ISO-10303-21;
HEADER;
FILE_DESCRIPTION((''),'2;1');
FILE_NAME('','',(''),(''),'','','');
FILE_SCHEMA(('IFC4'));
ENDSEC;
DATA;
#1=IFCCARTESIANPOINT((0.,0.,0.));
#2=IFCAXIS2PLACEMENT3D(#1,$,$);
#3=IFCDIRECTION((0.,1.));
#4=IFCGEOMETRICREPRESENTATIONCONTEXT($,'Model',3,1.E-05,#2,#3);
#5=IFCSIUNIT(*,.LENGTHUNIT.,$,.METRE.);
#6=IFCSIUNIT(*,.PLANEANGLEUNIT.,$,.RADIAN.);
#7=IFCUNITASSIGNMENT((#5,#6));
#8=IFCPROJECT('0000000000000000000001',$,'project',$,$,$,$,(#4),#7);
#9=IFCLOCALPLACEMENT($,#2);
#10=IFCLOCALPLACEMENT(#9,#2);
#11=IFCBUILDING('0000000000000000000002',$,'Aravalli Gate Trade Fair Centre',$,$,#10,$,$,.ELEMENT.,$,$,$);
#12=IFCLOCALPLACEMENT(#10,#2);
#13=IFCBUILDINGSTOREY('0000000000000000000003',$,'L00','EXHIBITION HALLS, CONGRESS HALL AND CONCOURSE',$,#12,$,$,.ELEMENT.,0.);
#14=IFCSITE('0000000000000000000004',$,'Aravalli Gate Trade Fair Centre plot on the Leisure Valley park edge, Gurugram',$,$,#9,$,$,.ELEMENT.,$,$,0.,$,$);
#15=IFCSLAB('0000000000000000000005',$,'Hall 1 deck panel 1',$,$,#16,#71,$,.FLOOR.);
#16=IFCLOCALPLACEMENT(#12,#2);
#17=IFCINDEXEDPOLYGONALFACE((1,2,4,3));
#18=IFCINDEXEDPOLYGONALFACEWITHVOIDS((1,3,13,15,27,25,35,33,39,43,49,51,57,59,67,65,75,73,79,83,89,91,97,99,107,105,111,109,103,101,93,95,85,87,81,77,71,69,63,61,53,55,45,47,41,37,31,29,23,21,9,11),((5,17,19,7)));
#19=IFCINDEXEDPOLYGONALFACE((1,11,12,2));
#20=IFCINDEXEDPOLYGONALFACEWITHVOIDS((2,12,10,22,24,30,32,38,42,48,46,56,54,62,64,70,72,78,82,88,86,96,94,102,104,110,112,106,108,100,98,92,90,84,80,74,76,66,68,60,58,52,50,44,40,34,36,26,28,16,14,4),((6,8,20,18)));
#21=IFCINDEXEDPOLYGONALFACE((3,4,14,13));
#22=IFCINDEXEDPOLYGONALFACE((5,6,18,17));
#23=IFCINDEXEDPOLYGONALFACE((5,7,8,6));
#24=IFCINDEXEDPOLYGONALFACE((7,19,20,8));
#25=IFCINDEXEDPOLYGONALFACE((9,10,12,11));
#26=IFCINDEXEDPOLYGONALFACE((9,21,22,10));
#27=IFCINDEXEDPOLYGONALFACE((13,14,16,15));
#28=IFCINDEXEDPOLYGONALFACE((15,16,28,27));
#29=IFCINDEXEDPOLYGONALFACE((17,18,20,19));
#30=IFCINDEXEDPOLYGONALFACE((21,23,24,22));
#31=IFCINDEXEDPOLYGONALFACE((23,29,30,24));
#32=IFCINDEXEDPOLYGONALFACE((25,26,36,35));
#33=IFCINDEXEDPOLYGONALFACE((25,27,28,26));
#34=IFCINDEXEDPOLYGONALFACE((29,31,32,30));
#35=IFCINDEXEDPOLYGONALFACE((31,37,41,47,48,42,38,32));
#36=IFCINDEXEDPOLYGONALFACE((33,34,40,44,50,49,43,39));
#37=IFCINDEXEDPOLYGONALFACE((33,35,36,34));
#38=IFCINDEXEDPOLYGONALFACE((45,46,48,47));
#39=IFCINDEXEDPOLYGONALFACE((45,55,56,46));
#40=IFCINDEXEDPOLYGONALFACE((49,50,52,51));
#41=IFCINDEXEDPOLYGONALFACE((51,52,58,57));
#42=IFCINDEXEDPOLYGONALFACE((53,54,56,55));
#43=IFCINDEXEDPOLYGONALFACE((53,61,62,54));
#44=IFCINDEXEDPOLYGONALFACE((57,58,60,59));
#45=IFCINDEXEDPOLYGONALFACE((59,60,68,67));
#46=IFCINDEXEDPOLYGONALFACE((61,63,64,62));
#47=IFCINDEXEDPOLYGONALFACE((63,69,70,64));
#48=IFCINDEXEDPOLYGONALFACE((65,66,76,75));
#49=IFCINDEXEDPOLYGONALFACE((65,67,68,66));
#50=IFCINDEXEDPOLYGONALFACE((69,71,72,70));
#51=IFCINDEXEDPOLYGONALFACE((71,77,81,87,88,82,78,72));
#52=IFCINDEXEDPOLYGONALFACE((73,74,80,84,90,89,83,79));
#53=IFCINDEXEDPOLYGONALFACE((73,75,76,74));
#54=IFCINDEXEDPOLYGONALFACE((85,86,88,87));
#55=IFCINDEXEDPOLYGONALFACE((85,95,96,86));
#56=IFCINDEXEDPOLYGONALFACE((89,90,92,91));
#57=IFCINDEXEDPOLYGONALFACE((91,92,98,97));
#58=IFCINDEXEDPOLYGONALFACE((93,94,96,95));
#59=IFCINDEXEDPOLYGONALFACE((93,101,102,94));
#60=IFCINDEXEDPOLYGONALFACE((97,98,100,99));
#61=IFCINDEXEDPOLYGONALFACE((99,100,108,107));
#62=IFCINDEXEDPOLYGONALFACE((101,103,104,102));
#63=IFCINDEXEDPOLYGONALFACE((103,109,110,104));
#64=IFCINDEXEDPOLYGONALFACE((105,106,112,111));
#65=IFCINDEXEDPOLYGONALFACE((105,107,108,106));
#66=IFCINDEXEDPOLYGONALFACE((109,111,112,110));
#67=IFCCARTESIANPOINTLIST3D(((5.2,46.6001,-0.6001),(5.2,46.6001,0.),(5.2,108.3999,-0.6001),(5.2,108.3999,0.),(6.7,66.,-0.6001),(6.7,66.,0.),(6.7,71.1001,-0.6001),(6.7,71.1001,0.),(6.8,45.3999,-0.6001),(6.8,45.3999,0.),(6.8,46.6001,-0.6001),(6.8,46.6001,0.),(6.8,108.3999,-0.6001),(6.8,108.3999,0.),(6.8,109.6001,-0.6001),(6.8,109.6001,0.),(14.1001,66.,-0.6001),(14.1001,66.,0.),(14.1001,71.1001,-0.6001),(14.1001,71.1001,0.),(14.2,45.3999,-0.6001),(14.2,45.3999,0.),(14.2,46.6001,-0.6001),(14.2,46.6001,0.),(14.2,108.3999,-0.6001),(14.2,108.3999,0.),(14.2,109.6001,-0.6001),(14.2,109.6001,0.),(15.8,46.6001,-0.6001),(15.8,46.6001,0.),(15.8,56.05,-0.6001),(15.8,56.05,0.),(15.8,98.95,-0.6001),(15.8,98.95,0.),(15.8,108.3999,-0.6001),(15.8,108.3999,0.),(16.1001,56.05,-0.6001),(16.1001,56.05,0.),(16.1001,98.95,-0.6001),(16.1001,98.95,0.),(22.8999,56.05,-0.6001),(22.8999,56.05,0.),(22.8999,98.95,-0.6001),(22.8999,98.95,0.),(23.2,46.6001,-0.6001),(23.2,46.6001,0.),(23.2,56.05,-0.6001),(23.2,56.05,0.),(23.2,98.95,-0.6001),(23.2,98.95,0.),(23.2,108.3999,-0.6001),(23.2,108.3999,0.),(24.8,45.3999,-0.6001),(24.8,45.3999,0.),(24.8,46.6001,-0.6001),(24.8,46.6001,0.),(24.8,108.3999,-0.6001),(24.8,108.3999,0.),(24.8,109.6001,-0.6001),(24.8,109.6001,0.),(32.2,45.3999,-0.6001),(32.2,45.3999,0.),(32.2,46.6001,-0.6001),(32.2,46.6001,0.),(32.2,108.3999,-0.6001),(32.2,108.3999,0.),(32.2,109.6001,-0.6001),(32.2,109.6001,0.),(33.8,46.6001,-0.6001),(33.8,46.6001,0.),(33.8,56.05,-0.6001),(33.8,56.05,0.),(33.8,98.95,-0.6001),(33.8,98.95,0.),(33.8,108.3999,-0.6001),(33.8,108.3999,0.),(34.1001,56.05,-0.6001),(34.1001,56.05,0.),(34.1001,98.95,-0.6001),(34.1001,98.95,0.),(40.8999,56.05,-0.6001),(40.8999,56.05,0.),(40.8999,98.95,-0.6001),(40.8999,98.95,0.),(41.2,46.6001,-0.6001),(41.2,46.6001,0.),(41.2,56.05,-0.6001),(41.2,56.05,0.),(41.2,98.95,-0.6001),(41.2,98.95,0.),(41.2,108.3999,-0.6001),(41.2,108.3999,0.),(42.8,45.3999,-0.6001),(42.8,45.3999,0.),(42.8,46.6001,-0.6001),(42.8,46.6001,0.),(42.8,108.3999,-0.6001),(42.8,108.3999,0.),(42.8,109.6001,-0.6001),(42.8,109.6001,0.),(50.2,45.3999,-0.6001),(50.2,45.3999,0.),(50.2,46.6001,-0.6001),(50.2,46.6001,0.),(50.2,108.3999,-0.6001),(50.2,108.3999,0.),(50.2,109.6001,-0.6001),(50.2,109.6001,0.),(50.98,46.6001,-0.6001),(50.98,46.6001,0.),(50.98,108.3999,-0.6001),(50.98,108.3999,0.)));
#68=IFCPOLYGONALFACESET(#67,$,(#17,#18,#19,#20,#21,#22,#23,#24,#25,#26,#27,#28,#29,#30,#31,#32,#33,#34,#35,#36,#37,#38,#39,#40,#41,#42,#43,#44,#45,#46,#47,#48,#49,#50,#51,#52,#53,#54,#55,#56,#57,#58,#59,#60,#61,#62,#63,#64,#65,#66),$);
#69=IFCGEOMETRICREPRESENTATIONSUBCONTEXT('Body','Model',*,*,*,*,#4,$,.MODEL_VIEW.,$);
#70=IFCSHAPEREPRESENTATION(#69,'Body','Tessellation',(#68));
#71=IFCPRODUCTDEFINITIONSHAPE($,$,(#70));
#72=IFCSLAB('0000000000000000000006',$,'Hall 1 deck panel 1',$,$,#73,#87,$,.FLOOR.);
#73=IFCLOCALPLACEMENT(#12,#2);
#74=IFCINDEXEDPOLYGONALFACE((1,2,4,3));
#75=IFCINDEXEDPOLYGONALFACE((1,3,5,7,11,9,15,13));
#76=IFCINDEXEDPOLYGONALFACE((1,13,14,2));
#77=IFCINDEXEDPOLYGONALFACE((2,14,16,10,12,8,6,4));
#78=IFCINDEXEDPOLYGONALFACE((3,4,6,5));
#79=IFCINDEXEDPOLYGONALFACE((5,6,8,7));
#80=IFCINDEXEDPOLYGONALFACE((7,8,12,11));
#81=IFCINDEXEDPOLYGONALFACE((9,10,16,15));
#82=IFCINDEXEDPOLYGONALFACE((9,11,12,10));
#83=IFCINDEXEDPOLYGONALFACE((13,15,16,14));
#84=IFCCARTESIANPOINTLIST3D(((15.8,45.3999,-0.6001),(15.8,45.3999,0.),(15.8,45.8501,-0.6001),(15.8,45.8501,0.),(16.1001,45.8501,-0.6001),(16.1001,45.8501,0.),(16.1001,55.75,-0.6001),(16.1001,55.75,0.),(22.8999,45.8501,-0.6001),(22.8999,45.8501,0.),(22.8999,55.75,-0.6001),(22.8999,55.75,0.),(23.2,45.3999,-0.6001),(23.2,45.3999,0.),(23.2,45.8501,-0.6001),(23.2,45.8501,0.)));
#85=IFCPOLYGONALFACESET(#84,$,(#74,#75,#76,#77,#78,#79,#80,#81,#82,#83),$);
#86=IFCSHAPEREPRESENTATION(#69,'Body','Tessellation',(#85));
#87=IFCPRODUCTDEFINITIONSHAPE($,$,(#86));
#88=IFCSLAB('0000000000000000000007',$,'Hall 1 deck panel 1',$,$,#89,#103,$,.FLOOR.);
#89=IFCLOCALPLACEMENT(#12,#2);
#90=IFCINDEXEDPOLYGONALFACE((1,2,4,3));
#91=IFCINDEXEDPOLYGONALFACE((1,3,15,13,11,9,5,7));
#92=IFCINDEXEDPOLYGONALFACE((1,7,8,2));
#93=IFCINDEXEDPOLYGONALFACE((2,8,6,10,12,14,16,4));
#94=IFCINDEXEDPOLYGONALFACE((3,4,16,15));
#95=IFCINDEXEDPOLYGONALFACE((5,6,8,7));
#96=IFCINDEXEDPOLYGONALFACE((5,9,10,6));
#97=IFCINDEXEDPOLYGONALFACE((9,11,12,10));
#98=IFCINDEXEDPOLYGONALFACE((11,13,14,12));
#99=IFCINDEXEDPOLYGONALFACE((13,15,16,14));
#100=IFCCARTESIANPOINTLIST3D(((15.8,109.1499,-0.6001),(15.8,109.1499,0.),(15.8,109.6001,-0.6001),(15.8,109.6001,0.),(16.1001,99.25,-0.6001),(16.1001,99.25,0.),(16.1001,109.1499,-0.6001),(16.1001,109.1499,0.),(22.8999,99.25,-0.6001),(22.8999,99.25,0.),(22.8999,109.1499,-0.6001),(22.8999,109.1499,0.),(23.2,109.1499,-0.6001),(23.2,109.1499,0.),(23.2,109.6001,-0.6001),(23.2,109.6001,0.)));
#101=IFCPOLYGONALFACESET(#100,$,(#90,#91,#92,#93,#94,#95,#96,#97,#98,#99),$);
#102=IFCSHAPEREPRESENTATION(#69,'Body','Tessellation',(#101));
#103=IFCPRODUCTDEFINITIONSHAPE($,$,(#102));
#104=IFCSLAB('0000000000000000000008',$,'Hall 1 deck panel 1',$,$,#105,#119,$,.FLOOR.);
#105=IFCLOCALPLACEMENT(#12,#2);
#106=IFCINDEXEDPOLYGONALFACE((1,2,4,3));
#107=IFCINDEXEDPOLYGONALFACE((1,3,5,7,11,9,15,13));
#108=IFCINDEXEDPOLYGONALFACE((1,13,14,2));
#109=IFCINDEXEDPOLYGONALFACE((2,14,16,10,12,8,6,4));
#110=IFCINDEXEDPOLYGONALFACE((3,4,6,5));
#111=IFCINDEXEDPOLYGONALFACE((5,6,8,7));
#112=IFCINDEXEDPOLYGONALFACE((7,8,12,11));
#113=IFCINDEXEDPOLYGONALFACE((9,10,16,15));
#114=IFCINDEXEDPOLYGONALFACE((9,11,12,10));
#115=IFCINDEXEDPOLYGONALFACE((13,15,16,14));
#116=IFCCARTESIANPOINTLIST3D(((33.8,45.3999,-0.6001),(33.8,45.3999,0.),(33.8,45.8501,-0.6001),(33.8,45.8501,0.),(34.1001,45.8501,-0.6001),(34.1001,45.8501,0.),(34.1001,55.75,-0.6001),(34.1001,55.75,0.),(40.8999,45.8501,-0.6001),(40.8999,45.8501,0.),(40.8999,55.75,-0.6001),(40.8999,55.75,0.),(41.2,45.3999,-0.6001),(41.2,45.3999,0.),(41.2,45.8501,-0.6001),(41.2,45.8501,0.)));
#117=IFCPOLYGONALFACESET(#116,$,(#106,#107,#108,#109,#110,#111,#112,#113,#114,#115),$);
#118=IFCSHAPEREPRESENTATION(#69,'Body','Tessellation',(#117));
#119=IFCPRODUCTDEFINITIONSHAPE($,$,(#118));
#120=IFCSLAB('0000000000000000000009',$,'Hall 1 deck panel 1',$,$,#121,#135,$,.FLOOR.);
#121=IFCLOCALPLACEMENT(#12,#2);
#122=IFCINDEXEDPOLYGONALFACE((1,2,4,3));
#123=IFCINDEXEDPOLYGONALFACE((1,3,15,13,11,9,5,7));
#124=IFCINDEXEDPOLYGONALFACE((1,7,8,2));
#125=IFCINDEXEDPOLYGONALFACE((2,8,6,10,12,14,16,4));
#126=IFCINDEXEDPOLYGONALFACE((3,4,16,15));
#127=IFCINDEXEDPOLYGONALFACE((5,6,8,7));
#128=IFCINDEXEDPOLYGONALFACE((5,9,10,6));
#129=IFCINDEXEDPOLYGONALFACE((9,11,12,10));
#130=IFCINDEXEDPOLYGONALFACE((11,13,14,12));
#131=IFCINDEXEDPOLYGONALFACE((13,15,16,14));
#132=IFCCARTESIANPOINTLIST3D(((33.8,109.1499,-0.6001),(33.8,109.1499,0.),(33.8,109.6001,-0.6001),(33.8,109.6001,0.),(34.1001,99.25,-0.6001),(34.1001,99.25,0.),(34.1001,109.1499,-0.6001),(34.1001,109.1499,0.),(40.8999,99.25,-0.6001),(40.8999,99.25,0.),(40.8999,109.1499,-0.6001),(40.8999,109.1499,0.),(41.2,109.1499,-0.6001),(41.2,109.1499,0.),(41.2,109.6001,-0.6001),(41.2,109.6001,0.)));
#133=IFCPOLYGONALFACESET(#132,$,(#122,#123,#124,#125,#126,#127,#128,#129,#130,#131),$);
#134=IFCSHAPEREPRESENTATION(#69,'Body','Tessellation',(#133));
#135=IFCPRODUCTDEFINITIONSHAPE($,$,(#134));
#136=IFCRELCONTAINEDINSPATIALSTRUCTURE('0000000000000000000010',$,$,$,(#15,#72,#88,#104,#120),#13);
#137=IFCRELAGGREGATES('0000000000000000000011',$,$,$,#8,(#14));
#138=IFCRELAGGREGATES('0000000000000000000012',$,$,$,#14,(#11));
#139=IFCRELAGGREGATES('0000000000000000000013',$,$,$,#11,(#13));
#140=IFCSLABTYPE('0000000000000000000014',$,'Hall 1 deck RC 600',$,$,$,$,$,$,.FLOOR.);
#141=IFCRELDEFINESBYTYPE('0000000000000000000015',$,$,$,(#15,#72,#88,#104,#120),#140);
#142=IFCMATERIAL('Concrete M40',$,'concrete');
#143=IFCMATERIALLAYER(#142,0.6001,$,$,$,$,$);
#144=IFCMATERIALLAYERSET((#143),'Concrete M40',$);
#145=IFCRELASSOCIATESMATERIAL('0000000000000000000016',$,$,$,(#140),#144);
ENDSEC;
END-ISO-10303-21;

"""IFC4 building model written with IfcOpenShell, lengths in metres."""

from ifc_helpers import new_model, si_unit, direction, frame, origin, place, context, subcontext, project, spatial, polyline, outline, extrude, material, layer, layer_set, type_object, element, save


model = new_model("IFC4")

# Units and contexts
model_context = context("Model", 3, precision=1e-05, world=origin(), true_north=direction((0.0, 1.0)))
body_context = subcontext(model_context, "Body", "Model", "MODEL_VIEW")
ifc_project = project(units=[si_unit("LENGTHUNIT", "METRE"), si_unit("PLANEANGLEUNIT", "RADIAN")], contexts=[model_context])

# Site, building, storey
site_placement = place(None, origin())
site = spatial("IfcSite", under=ifc_project, at=site_placement, Name="Aravalli Gate Trade Fair Centre plot on the Leisure Valley park edge, Gurugram", CompositionType="ELEMENT", RefElevation=0.0)
building_placement = place(site_placement, origin())
building = spatial("IfcBuilding", under=site, at=building_placement, Name="Aravalli Gate Trade Fair Centre", CompositionType="ELEMENT")
storey_placement = place(building_placement, origin())
storey = spatial("IfcBuildingStorey", under=building, at=storey_placement, Name="L00", Description="EXHIBITION HALLS, CONGRESS HALL AND CONCOURSE", CompositionType="ELEMENT", Elevation=0.0)

# Shared definitions
ifc_material_1 = material(Name="Concrete M40", Category="concrete")

# Slabs
ifc_layer_1 = layer(ifc_material_1, 0.6001)
ifc_layer_set_1 = layer_set([ifc_layer_1], Name="Concrete M40")
slab_type = type_object("IfcSlabType", Name="Hall 1 deck RC 600", PredefinedType="FLOOR", material=ifc_layer_set_1)
slab_1_placement = place(storey_placement, frame((0.0, 0.0, -0.6001)))
element("IfcSlab", 1, at=slab_1_placement, inside=storey, type_object=slab_type, Name="Hall 1 deck panel 1", PredefinedType="FLOOR", context=body_context, shape_type="SweptSolid", body=[
    extrude(outline(polyline([(50.2, 46.6001), (50.2, 45.3999), (42.8, 45.3999), (42.8, 46.6001), (41.2, 46.6001), (41.2, 56.05), (40.8999, 56.05), (34.1001, 56.05), (33.8, 56.05), (33.8, 46.6001), (32.2, 46.6001), (32.2, 45.3999), (24.8, 45.3999), (24.8, 46.6001), (23.2, 46.6001), (23.2, 56.05), (22.8999, 56.05), (16.1001, 56.05), (15.8, 56.05), (15.8, 46.6001), (14.2, 46.6001), (14.2, 45.3999), (6.8, 45.3999), (6.8, 46.6001), (5.2, 46.6001), (5.2, 108.3999), (6.8, 108.3999), (6.8, 109.6001), (14.2, 109.6001), (14.2, 108.3999), (15.8, 108.3999), (15.8, 98.95), (16.1001, 98.95), (22.8999, 98.95), (23.2, 98.95), (23.2, 108.3999), (24.8, 108.3999), (24.8, 109.6001), (32.2, 109.6001), (32.2, 108.3999), (33.8, 108.3999), (33.8, 98.95), (34.1001, 98.95), (40.8999, 98.95), (41.2, 98.95), (41.2, 108.3999), (42.8, 108.3999), (42.8, 109.6001), (50.2, 109.6001), (50.2, 108.3999), (50.98, 108.3999), (50.98, 46.6001), (50.2, 46.6001)]), holes=[polyline([(14.1001, 66.0), (14.1001, 71.1001), (6.7, 71.1001), (6.7, 66.0), (14.1001, 66.0)])]), origin(), (0.0, 0.0, 1.0), 0.6001),
])
slab_2_placement = place(storey_placement, frame((0.0, 0.0, -0.6001)))
element("IfcSlab", 2, at=slab_2_placement, inside=storey, type_object=slab_type, Name="Hall 1 deck panel 1", PredefinedType="FLOOR", context=body_context, shape_type="SweptSolid", body=[
    extrude(outline(polyline([(23.2, 45.3999), (15.8, 45.3999), (15.8, 45.8501), (16.1001, 45.8501), (16.1001, 55.75), (22.8999, 55.75), (22.8999, 45.8501), (23.2, 45.8501), (23.2, 45.3999)])), origin(), (0.0, 0.0, 1.0), 0.6001),
])
slab_3_placement = place(storey_placement, frame((0.0, 0.0, -0.6001)))
element("IfcSlab", 3, at=slab_3_placement, inside=storey, type_object=slab_type, Name="Hall 1 deck panel 1", PredefinedType="FLOOR", context=body_context, shape_type="SweptSolid", body=[
    extrude(outline(polyline([(15.8, 109.6001), (23.2, 109.6001), (23.2, 109.1499), (22.8999, 109.1499), (22.8999, 99.25), (16.1001, 99.25), (16.1001, 109.1499), (15.8, 109.1499), (15.8, 109.6001)])), origin(), (0.0, 0.0, 1.0), 0.6001),
])
slab_4_placement = place(storey_placement, frame((0.0, 0.0, -0.6001)))
element("IfcSlab", 4, at=slab_4_placement, inside=storey, type_object=slab_type, Name="Hall 1 deck panel 1", PredefinedType="FLOOR", context=body_context, shape_type="SweptSolid", body=[
    extrude(outline(polyline([(41.2, 45.3999), (33.8, 45.3999), (33.8, 45.8501), (34.1001, 45.8501), (34.1001, 55.75), (40.8999, 55.75), (40.8999, 45.8501), (41.2, 45.8501), (41.2, 45.3999)])), origin(), (0.0, 0.0, 1.0), 0.6001),
])
slab_5_placement = place(storey_placement, frame((0.0, 0.0, -0.6001)))
element("IfcSlab", 5, at=slab_5_placement, inside=storey, type_object=slab_type, Name="Hall 1 deck panel 1", PredefinedType="FLOOR", context=body_context, shape_type="SweptSolid", body=[
    extrude(outline(polyline([(33.8, 109.6001), (41.2, 109.6001), (41.2, 109.1499), (40.8999, 109.1499), (40.8999, 99.25), (34.1001, 99.25), (34.1001, 109.1499), (33.8, 109.1499), (33.8, 109.6001)])), origin(), (0.0, 0.0, 1.0), 0.6001),
])

save(model, "model.ifc")
